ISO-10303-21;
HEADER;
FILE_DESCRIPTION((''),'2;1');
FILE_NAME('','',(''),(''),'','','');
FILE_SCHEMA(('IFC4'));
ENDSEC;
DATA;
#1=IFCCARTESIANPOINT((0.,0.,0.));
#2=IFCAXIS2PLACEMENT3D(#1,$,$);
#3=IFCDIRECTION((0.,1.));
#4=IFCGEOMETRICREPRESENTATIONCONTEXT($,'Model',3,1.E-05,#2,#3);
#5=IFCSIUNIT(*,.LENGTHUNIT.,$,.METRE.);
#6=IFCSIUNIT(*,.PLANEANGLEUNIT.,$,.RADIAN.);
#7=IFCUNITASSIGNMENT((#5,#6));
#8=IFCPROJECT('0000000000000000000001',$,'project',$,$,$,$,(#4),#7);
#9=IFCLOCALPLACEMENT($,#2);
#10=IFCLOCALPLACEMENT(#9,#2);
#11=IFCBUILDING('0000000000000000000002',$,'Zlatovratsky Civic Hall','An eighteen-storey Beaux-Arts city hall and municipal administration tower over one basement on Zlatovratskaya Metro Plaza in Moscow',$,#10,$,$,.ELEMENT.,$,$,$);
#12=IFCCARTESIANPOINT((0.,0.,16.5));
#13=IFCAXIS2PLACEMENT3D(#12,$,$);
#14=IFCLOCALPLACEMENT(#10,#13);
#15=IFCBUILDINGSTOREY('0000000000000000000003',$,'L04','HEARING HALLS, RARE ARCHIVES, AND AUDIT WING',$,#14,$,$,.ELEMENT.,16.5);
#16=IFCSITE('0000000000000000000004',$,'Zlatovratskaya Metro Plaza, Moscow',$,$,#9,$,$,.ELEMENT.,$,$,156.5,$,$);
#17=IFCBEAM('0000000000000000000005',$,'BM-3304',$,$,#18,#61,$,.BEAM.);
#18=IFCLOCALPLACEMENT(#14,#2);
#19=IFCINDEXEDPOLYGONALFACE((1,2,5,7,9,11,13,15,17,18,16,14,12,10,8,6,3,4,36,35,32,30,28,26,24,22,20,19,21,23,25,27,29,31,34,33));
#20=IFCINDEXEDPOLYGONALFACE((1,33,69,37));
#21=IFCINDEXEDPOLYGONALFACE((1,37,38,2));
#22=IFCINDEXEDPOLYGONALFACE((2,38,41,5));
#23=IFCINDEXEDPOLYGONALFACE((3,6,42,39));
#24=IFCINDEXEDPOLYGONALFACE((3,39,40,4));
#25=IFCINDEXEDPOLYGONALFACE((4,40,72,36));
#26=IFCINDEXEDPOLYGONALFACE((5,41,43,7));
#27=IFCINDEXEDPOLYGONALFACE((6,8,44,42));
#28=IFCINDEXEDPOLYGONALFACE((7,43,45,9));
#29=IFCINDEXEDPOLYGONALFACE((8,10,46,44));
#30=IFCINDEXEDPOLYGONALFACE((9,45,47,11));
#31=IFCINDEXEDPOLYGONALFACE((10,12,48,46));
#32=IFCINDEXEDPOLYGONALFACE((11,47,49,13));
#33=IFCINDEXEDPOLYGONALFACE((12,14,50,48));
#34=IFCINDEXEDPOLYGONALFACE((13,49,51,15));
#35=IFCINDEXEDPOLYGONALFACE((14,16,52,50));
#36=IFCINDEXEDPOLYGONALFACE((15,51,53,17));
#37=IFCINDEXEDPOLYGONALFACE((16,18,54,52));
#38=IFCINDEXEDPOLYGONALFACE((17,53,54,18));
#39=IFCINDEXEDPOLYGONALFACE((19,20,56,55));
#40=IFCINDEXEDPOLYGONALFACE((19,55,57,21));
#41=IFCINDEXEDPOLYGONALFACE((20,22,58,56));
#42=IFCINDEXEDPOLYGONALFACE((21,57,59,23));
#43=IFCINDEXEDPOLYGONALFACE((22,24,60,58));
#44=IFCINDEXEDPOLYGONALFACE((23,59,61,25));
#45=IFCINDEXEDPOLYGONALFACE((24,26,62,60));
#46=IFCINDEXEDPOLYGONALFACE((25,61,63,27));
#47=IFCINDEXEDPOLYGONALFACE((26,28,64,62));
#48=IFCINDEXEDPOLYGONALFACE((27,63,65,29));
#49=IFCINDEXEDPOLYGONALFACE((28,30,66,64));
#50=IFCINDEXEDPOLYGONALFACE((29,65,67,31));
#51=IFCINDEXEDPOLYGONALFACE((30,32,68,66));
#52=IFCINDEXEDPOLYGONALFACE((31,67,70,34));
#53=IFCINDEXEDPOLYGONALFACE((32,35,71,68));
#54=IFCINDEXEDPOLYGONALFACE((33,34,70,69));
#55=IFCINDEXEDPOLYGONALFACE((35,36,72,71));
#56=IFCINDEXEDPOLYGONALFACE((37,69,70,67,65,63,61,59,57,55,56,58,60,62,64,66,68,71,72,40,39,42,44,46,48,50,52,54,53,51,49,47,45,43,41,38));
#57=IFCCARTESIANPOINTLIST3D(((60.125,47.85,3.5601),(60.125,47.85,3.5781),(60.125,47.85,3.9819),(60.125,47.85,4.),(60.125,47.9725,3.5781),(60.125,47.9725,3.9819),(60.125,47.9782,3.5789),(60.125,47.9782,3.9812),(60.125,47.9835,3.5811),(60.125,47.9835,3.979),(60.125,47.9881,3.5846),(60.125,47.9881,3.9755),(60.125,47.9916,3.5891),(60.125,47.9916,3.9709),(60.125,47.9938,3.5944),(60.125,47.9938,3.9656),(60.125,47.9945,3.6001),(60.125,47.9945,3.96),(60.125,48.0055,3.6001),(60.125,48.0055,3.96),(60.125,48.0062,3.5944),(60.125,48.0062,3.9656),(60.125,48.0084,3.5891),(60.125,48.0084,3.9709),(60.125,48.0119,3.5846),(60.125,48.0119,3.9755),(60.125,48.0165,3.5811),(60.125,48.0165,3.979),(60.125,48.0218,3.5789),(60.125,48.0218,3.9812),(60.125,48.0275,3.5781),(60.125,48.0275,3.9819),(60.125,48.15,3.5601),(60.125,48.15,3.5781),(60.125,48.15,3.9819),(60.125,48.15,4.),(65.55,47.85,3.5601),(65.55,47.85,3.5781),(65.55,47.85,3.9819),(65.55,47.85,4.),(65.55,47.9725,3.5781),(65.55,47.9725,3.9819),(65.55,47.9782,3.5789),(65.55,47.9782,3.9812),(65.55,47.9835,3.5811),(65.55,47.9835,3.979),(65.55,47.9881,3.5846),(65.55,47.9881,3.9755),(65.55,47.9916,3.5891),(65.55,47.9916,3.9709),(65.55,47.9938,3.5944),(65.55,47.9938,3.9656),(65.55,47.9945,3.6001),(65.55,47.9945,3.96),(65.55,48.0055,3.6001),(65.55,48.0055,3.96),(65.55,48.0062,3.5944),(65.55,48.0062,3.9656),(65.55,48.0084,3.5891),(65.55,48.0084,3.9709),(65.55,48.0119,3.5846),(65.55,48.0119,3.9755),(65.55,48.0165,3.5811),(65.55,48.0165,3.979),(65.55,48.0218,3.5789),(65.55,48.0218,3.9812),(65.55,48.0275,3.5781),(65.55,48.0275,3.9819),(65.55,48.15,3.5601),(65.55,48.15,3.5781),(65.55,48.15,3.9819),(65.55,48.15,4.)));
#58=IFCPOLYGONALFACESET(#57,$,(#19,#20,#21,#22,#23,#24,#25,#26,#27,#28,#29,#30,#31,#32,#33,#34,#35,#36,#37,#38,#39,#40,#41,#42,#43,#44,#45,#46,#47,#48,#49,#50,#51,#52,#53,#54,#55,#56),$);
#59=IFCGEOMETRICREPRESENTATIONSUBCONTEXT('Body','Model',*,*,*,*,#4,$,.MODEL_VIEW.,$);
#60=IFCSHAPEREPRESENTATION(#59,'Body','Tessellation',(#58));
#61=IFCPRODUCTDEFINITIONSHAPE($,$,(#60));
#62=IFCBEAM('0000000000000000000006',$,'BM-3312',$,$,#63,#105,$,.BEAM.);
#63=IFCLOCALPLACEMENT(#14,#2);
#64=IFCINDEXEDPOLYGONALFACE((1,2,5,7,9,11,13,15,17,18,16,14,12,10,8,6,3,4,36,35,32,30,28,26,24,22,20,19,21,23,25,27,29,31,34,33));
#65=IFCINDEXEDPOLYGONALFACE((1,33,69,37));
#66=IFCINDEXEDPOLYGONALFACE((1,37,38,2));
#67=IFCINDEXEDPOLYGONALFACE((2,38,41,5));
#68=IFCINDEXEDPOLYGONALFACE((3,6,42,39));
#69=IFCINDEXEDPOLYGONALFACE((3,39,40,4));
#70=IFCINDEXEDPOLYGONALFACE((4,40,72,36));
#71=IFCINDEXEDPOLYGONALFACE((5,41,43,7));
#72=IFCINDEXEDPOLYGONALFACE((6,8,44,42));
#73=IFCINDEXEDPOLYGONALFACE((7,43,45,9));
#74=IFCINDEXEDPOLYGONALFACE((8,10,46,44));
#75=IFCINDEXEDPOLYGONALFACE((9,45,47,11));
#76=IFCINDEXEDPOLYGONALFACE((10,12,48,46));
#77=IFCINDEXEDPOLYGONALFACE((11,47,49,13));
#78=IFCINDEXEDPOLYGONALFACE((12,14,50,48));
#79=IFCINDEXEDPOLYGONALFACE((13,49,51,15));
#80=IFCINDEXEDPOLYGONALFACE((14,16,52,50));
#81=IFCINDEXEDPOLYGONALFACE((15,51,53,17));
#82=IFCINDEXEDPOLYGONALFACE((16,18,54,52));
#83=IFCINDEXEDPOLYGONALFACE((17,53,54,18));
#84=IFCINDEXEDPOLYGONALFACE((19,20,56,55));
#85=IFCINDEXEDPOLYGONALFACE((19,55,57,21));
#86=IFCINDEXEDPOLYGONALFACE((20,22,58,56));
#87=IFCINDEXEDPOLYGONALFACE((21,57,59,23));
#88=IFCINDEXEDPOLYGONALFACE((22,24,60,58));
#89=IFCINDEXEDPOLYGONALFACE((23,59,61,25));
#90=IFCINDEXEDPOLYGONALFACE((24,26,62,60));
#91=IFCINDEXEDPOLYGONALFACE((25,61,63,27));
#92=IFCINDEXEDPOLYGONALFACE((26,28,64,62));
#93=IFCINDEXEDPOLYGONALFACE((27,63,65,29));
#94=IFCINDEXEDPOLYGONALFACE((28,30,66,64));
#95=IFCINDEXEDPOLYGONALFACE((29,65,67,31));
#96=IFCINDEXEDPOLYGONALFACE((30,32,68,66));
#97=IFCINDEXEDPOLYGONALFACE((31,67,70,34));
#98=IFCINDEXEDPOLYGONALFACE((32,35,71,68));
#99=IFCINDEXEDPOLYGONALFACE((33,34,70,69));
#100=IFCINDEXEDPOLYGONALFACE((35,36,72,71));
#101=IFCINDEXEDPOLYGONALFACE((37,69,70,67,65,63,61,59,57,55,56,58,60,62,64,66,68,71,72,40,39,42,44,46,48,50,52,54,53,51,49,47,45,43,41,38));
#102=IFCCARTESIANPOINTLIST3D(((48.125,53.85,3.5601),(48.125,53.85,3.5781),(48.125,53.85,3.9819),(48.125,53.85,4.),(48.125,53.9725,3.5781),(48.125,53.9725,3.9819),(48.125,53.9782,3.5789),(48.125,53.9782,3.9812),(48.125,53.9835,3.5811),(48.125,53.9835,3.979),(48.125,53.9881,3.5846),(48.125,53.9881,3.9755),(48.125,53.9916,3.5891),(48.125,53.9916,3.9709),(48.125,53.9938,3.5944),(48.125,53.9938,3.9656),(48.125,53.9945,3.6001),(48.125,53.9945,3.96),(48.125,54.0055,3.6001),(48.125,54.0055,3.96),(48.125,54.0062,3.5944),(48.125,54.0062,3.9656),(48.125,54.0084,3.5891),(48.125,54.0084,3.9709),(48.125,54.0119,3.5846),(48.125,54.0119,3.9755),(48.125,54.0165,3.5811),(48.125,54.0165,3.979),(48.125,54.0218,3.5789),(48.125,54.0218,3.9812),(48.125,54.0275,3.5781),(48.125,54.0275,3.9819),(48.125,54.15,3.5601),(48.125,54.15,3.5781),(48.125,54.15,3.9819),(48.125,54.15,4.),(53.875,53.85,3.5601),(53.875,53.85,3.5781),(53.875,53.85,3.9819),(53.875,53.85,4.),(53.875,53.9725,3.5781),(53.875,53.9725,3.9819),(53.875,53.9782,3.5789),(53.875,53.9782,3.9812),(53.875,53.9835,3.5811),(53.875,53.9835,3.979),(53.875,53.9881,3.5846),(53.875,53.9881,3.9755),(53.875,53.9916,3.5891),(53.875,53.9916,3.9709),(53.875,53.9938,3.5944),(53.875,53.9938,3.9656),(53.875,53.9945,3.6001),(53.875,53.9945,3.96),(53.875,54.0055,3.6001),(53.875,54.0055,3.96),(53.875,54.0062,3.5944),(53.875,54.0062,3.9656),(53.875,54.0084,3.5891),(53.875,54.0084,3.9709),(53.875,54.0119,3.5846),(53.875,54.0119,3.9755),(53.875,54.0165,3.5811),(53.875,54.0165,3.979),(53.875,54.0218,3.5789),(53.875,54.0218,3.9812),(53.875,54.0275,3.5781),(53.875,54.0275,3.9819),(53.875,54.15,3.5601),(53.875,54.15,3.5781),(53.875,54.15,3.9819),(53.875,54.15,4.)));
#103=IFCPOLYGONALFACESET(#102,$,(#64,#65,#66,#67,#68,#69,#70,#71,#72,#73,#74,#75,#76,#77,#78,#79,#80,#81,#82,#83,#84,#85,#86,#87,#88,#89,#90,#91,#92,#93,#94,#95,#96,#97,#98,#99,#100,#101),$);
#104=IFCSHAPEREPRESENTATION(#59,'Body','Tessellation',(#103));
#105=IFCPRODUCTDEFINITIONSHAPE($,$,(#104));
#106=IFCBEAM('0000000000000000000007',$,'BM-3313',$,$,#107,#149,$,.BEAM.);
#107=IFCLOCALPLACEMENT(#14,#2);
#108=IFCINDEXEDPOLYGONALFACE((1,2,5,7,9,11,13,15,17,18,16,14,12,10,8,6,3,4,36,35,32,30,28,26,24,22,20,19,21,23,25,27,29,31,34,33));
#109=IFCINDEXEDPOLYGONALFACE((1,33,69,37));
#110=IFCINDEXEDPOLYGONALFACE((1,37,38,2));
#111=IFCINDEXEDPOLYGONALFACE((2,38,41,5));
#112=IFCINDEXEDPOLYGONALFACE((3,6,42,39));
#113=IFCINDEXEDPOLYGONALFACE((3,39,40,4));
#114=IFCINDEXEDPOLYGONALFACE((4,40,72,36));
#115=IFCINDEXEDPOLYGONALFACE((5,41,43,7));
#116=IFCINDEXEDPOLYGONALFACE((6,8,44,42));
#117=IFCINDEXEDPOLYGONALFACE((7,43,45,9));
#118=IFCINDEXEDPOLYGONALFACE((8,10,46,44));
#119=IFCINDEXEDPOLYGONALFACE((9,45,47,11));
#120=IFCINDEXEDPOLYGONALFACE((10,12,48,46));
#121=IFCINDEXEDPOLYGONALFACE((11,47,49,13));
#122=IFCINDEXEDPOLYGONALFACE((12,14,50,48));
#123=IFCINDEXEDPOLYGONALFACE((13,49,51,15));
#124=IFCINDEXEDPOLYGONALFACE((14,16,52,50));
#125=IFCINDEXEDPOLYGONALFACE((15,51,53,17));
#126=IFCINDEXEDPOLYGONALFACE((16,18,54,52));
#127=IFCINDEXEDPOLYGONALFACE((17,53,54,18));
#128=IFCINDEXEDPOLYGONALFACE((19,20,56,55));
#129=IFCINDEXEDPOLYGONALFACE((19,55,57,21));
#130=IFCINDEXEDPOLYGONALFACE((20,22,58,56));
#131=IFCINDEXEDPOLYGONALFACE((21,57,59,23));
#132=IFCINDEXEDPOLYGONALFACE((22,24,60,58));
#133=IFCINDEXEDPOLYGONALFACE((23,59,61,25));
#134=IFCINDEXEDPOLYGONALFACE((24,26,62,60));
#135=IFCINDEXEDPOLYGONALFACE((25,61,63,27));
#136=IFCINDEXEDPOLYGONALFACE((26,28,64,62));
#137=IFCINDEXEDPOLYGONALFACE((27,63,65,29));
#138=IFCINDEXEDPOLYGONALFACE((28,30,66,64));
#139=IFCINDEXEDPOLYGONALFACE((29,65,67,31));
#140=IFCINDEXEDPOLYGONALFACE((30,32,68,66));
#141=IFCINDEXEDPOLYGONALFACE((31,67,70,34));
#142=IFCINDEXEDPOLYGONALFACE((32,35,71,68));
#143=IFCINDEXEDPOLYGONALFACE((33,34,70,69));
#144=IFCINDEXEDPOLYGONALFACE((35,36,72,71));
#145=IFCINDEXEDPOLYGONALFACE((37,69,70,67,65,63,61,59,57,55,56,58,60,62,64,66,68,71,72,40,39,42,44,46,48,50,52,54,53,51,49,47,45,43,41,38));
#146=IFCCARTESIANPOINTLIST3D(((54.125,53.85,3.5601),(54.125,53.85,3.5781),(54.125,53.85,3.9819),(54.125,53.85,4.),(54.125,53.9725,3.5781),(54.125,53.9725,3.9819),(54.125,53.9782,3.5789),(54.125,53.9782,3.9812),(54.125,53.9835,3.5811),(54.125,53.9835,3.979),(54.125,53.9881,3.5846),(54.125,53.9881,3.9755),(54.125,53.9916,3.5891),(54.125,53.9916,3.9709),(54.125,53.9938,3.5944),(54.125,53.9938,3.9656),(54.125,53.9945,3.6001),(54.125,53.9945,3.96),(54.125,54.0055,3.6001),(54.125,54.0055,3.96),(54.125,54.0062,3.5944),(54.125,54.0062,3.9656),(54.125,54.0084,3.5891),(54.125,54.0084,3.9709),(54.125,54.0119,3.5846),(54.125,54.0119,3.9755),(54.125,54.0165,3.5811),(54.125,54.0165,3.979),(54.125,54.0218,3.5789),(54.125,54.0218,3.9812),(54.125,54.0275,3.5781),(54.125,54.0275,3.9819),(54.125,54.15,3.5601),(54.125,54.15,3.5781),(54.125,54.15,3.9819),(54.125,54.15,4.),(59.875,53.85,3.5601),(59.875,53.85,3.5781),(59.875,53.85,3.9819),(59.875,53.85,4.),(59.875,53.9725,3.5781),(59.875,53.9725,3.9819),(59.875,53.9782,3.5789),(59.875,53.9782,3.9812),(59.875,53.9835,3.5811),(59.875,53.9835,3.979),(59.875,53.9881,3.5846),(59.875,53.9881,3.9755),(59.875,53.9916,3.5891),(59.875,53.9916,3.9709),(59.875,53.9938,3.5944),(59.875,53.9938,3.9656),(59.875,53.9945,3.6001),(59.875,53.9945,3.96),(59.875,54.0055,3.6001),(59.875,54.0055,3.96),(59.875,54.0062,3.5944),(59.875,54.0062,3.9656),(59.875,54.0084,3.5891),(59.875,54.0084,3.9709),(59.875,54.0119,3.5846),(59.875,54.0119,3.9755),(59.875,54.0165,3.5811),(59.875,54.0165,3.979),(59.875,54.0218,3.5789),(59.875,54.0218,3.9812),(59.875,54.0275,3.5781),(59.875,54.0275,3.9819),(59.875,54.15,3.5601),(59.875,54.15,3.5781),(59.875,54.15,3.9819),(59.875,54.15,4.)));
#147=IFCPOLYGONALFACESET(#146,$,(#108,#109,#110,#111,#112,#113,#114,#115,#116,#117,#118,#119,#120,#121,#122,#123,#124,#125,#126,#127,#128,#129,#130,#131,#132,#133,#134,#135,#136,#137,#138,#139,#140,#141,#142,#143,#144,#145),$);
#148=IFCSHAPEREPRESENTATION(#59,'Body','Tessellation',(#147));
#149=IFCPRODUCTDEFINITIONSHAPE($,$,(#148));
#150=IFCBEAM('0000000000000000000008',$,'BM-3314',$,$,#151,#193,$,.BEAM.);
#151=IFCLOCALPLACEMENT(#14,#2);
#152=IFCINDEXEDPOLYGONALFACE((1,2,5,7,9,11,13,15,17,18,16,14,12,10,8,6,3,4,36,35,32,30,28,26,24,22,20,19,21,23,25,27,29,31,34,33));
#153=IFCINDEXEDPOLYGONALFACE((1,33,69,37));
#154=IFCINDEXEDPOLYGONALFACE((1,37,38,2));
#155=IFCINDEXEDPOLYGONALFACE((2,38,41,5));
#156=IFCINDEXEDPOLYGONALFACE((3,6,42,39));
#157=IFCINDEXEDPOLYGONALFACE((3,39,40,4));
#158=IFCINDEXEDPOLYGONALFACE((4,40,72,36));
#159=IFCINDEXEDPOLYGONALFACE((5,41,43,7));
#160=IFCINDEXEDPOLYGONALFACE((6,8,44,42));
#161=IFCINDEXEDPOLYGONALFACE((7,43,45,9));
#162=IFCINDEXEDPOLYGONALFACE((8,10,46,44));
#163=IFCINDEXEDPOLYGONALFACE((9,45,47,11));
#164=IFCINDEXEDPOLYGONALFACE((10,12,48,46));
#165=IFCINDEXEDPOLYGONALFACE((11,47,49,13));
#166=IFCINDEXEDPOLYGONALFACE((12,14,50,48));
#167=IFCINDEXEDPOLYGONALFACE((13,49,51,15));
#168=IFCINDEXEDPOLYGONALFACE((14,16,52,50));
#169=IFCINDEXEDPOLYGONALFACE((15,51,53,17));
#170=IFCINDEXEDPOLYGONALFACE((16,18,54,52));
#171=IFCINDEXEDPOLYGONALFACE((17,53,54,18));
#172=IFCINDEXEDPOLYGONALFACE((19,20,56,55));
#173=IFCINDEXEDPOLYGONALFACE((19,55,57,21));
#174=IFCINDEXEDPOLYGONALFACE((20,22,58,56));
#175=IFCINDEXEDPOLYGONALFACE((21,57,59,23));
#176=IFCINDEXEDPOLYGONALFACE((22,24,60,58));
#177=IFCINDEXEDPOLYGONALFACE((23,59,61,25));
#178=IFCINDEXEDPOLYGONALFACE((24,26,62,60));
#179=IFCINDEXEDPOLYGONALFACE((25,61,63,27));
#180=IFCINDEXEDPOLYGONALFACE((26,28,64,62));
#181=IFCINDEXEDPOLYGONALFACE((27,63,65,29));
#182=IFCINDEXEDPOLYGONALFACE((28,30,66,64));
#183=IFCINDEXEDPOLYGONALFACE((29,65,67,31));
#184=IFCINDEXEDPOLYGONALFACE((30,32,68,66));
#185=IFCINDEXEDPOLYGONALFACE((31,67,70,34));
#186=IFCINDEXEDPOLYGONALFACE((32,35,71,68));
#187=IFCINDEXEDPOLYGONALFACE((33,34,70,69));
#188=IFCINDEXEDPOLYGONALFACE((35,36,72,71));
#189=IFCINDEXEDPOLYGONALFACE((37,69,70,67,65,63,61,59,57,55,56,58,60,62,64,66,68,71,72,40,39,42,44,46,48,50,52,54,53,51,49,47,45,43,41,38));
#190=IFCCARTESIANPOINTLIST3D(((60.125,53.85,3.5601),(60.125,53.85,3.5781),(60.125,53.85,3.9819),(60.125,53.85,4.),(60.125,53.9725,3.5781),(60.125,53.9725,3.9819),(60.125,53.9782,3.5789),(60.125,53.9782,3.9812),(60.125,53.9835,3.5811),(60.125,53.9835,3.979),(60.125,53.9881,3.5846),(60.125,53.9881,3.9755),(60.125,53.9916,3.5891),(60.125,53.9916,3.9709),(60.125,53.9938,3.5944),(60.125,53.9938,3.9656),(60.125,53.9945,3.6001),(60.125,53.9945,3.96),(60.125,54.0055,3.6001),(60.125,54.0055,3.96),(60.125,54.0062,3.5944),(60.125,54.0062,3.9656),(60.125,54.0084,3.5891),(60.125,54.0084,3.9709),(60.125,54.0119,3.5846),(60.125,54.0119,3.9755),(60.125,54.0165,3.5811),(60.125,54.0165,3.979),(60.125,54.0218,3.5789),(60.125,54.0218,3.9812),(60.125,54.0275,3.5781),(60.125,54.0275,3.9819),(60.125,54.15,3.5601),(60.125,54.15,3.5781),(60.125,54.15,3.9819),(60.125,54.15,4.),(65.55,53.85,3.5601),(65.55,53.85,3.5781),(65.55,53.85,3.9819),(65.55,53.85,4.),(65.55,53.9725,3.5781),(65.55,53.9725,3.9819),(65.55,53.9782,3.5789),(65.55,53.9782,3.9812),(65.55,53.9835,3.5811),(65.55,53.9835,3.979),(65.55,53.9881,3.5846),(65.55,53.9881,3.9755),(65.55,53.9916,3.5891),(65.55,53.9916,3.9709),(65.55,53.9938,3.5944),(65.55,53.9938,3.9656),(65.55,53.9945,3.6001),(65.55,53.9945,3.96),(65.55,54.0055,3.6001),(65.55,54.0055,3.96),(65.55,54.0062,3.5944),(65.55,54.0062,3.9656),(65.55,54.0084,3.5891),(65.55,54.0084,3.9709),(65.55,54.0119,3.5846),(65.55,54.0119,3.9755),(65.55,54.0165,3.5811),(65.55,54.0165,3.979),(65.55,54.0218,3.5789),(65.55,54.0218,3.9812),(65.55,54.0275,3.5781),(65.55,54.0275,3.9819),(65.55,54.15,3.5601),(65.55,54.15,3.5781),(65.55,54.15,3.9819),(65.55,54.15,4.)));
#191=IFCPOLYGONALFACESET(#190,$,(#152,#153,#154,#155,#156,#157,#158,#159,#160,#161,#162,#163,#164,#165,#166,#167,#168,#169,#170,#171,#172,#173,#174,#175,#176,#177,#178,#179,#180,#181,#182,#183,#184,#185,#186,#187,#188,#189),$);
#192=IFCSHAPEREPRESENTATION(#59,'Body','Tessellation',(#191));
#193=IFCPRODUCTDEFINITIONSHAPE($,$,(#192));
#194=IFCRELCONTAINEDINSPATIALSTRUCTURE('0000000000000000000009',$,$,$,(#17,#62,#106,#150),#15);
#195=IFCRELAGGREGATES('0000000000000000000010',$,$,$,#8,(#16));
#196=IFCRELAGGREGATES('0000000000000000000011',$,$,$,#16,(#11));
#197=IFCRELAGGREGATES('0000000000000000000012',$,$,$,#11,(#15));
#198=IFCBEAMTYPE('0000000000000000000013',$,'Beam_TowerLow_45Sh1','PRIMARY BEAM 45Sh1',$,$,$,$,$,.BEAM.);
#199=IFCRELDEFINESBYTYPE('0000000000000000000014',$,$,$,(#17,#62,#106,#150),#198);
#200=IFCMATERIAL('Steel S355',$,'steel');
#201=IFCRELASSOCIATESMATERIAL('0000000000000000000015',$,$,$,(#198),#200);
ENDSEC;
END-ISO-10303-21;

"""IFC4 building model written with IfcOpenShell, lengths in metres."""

from ifc_helpers import new_model, si_unit, direction, frame, origin, origin_2d, place, context, subcontext, project, spatial, i_section, extrude, material, material_profile, profile_set, type_object, element, save


model = new_model("IFC4")

# Units and contexts
model_context = context("Model", 3, precision=1e-05, world=origin(), true_north=direction((0.0, 1.0)))
body_context = subcontext(model_context, "Body", "Model", "MODEL_VIEW")
ifc_project = project(units=[si_unit("LENGTHUNIT", "METRE"), si_unit("PLANEANGLEUNIT", "RADIAN")], contexts=[model_context])

# Site, building, storey
site_placement = place(None, origin())
site = spatial("IfcSite", under=ifc_project, at=site_placement, Name="Zlatovratskaya Metro Plaza, Moscow", CompositionType="ELEMENT", RefElevation=156.5)
building_placement = place(site_placement, origin())
building = spatial("IfcBuilding", under=site, at=building_placement, Name="Zlatovratsky Civic Hall", Description="An eighteen-storey Beaux-Arts city hall and municipal administration tower over one basement on Zlatovratskaya Metro Plaza in Moscow", CompositionType="ELEMENT")
storey_placement = place(building_placement, frame((0.0, 0.0, 16.5)))
storey = spatial("IfcBuildingStorey", under=building, at=storey_placement, Name="L04", Description="HEARING HALLS, RARE ARCHIVES, AND AUDIT WING", CompositionType="ELEMENT", Elevation=16.5)

# Shared definitions
ifc_material_1 = material(Name="Steel S355", Category="steel")

# Beams
ifc_material_profile_1 = material_profile(ifc_material_1, i_section(OverallWidth=0.3, OverallDepth=0.4399, WebThickness=0.011, FlangeThickness=0.0181, FilletRadius=0.022, at=origin_2d()), Name="45Sh1")
ifc_profile_set_1 = profile_set([ifc_material_profile_1], Name="Steel S355")
beam_type = type_object("IfcBeamType", Name="Beam_TowerLow_45Sh1", Description="PRIMARY BEAM 45Sh1", PredefinedType="BEAM", material=ifc_profile_set_1)
beam_1_placement = place(storey_placement, frame((60.125, 48.0, 3.78), z_axis=(1.0, 0.0, 0.0), x_axis=(0.0, 1.0, 0.0)))
element("IfcBeam", 1, at=beam_1_placement, inside=storey, type_object=beam_type, Name="BM-3304", PredefinedType="BEAM", context=body_context, shape_type="SweptSolid", body=[
    extrude(i_section(OverallWidth=0.3, OverallDepth=0.4399, WebThickness=0.011, FlangeThickness=0.0181, FilletRadius=0.022, at=origin_2d()), origin(), (0.0, 0.0, 1.0), 5.425),
])
for number, where, z_axis, x_axis, name in (
    (2, (48.125, 54.0, 3.78), (1.0, 0.0, 0.0), (0.0, 1.0, 0.0), "BM-3312"),
    (3, (54.125, 54.0, 3.78), (1.0, 0.0, 0.0), (0.0, 1.0, 0.0), "BM-3313"),
):
    element("IfcBeam", number, at=place(storey_placement, frame(where, z_axis=z_axis, x_axis=x_axis)), inside=storey, type_object=beam_type, Name=name, PredefinedType="BEAM", context=body_context, shape_type="SweptSolid", body=[
        extrude(i_section(OverallWidth=0.3, OverallDepth=0.4399, WebThickness=0.011, FlangeThickness=0.0181, FilletRadius=0.022, at=origin_2d()), origin(), (0.0, 0.0, 1.0), 5.75),
    ])
beam_2_placement = place(storey_placement, frame((60.125, 54.0, 3.78), z_axis=(1.0, 0.0, 0.0), x_axis=(0.0, 1.0, 0.0)))
element("IfcBeam", 4, at=beam_2_placement, inside=storey, type_object=beam_type, Name="BM-3314", PredefinedType="BEAM", context=body_context, shape_type="SweptSolid", body=[
    extrude(i_section(OverallWidth=0.3, OverallDepth=0.4399, WebThickness=0.011, FlangeThickness=0.0181, FilletRadius=0.022, at=origin_2d()), origin(), (0.0, 0.0, 1.0), 5.425),
])

save(model, "model.ifc")
